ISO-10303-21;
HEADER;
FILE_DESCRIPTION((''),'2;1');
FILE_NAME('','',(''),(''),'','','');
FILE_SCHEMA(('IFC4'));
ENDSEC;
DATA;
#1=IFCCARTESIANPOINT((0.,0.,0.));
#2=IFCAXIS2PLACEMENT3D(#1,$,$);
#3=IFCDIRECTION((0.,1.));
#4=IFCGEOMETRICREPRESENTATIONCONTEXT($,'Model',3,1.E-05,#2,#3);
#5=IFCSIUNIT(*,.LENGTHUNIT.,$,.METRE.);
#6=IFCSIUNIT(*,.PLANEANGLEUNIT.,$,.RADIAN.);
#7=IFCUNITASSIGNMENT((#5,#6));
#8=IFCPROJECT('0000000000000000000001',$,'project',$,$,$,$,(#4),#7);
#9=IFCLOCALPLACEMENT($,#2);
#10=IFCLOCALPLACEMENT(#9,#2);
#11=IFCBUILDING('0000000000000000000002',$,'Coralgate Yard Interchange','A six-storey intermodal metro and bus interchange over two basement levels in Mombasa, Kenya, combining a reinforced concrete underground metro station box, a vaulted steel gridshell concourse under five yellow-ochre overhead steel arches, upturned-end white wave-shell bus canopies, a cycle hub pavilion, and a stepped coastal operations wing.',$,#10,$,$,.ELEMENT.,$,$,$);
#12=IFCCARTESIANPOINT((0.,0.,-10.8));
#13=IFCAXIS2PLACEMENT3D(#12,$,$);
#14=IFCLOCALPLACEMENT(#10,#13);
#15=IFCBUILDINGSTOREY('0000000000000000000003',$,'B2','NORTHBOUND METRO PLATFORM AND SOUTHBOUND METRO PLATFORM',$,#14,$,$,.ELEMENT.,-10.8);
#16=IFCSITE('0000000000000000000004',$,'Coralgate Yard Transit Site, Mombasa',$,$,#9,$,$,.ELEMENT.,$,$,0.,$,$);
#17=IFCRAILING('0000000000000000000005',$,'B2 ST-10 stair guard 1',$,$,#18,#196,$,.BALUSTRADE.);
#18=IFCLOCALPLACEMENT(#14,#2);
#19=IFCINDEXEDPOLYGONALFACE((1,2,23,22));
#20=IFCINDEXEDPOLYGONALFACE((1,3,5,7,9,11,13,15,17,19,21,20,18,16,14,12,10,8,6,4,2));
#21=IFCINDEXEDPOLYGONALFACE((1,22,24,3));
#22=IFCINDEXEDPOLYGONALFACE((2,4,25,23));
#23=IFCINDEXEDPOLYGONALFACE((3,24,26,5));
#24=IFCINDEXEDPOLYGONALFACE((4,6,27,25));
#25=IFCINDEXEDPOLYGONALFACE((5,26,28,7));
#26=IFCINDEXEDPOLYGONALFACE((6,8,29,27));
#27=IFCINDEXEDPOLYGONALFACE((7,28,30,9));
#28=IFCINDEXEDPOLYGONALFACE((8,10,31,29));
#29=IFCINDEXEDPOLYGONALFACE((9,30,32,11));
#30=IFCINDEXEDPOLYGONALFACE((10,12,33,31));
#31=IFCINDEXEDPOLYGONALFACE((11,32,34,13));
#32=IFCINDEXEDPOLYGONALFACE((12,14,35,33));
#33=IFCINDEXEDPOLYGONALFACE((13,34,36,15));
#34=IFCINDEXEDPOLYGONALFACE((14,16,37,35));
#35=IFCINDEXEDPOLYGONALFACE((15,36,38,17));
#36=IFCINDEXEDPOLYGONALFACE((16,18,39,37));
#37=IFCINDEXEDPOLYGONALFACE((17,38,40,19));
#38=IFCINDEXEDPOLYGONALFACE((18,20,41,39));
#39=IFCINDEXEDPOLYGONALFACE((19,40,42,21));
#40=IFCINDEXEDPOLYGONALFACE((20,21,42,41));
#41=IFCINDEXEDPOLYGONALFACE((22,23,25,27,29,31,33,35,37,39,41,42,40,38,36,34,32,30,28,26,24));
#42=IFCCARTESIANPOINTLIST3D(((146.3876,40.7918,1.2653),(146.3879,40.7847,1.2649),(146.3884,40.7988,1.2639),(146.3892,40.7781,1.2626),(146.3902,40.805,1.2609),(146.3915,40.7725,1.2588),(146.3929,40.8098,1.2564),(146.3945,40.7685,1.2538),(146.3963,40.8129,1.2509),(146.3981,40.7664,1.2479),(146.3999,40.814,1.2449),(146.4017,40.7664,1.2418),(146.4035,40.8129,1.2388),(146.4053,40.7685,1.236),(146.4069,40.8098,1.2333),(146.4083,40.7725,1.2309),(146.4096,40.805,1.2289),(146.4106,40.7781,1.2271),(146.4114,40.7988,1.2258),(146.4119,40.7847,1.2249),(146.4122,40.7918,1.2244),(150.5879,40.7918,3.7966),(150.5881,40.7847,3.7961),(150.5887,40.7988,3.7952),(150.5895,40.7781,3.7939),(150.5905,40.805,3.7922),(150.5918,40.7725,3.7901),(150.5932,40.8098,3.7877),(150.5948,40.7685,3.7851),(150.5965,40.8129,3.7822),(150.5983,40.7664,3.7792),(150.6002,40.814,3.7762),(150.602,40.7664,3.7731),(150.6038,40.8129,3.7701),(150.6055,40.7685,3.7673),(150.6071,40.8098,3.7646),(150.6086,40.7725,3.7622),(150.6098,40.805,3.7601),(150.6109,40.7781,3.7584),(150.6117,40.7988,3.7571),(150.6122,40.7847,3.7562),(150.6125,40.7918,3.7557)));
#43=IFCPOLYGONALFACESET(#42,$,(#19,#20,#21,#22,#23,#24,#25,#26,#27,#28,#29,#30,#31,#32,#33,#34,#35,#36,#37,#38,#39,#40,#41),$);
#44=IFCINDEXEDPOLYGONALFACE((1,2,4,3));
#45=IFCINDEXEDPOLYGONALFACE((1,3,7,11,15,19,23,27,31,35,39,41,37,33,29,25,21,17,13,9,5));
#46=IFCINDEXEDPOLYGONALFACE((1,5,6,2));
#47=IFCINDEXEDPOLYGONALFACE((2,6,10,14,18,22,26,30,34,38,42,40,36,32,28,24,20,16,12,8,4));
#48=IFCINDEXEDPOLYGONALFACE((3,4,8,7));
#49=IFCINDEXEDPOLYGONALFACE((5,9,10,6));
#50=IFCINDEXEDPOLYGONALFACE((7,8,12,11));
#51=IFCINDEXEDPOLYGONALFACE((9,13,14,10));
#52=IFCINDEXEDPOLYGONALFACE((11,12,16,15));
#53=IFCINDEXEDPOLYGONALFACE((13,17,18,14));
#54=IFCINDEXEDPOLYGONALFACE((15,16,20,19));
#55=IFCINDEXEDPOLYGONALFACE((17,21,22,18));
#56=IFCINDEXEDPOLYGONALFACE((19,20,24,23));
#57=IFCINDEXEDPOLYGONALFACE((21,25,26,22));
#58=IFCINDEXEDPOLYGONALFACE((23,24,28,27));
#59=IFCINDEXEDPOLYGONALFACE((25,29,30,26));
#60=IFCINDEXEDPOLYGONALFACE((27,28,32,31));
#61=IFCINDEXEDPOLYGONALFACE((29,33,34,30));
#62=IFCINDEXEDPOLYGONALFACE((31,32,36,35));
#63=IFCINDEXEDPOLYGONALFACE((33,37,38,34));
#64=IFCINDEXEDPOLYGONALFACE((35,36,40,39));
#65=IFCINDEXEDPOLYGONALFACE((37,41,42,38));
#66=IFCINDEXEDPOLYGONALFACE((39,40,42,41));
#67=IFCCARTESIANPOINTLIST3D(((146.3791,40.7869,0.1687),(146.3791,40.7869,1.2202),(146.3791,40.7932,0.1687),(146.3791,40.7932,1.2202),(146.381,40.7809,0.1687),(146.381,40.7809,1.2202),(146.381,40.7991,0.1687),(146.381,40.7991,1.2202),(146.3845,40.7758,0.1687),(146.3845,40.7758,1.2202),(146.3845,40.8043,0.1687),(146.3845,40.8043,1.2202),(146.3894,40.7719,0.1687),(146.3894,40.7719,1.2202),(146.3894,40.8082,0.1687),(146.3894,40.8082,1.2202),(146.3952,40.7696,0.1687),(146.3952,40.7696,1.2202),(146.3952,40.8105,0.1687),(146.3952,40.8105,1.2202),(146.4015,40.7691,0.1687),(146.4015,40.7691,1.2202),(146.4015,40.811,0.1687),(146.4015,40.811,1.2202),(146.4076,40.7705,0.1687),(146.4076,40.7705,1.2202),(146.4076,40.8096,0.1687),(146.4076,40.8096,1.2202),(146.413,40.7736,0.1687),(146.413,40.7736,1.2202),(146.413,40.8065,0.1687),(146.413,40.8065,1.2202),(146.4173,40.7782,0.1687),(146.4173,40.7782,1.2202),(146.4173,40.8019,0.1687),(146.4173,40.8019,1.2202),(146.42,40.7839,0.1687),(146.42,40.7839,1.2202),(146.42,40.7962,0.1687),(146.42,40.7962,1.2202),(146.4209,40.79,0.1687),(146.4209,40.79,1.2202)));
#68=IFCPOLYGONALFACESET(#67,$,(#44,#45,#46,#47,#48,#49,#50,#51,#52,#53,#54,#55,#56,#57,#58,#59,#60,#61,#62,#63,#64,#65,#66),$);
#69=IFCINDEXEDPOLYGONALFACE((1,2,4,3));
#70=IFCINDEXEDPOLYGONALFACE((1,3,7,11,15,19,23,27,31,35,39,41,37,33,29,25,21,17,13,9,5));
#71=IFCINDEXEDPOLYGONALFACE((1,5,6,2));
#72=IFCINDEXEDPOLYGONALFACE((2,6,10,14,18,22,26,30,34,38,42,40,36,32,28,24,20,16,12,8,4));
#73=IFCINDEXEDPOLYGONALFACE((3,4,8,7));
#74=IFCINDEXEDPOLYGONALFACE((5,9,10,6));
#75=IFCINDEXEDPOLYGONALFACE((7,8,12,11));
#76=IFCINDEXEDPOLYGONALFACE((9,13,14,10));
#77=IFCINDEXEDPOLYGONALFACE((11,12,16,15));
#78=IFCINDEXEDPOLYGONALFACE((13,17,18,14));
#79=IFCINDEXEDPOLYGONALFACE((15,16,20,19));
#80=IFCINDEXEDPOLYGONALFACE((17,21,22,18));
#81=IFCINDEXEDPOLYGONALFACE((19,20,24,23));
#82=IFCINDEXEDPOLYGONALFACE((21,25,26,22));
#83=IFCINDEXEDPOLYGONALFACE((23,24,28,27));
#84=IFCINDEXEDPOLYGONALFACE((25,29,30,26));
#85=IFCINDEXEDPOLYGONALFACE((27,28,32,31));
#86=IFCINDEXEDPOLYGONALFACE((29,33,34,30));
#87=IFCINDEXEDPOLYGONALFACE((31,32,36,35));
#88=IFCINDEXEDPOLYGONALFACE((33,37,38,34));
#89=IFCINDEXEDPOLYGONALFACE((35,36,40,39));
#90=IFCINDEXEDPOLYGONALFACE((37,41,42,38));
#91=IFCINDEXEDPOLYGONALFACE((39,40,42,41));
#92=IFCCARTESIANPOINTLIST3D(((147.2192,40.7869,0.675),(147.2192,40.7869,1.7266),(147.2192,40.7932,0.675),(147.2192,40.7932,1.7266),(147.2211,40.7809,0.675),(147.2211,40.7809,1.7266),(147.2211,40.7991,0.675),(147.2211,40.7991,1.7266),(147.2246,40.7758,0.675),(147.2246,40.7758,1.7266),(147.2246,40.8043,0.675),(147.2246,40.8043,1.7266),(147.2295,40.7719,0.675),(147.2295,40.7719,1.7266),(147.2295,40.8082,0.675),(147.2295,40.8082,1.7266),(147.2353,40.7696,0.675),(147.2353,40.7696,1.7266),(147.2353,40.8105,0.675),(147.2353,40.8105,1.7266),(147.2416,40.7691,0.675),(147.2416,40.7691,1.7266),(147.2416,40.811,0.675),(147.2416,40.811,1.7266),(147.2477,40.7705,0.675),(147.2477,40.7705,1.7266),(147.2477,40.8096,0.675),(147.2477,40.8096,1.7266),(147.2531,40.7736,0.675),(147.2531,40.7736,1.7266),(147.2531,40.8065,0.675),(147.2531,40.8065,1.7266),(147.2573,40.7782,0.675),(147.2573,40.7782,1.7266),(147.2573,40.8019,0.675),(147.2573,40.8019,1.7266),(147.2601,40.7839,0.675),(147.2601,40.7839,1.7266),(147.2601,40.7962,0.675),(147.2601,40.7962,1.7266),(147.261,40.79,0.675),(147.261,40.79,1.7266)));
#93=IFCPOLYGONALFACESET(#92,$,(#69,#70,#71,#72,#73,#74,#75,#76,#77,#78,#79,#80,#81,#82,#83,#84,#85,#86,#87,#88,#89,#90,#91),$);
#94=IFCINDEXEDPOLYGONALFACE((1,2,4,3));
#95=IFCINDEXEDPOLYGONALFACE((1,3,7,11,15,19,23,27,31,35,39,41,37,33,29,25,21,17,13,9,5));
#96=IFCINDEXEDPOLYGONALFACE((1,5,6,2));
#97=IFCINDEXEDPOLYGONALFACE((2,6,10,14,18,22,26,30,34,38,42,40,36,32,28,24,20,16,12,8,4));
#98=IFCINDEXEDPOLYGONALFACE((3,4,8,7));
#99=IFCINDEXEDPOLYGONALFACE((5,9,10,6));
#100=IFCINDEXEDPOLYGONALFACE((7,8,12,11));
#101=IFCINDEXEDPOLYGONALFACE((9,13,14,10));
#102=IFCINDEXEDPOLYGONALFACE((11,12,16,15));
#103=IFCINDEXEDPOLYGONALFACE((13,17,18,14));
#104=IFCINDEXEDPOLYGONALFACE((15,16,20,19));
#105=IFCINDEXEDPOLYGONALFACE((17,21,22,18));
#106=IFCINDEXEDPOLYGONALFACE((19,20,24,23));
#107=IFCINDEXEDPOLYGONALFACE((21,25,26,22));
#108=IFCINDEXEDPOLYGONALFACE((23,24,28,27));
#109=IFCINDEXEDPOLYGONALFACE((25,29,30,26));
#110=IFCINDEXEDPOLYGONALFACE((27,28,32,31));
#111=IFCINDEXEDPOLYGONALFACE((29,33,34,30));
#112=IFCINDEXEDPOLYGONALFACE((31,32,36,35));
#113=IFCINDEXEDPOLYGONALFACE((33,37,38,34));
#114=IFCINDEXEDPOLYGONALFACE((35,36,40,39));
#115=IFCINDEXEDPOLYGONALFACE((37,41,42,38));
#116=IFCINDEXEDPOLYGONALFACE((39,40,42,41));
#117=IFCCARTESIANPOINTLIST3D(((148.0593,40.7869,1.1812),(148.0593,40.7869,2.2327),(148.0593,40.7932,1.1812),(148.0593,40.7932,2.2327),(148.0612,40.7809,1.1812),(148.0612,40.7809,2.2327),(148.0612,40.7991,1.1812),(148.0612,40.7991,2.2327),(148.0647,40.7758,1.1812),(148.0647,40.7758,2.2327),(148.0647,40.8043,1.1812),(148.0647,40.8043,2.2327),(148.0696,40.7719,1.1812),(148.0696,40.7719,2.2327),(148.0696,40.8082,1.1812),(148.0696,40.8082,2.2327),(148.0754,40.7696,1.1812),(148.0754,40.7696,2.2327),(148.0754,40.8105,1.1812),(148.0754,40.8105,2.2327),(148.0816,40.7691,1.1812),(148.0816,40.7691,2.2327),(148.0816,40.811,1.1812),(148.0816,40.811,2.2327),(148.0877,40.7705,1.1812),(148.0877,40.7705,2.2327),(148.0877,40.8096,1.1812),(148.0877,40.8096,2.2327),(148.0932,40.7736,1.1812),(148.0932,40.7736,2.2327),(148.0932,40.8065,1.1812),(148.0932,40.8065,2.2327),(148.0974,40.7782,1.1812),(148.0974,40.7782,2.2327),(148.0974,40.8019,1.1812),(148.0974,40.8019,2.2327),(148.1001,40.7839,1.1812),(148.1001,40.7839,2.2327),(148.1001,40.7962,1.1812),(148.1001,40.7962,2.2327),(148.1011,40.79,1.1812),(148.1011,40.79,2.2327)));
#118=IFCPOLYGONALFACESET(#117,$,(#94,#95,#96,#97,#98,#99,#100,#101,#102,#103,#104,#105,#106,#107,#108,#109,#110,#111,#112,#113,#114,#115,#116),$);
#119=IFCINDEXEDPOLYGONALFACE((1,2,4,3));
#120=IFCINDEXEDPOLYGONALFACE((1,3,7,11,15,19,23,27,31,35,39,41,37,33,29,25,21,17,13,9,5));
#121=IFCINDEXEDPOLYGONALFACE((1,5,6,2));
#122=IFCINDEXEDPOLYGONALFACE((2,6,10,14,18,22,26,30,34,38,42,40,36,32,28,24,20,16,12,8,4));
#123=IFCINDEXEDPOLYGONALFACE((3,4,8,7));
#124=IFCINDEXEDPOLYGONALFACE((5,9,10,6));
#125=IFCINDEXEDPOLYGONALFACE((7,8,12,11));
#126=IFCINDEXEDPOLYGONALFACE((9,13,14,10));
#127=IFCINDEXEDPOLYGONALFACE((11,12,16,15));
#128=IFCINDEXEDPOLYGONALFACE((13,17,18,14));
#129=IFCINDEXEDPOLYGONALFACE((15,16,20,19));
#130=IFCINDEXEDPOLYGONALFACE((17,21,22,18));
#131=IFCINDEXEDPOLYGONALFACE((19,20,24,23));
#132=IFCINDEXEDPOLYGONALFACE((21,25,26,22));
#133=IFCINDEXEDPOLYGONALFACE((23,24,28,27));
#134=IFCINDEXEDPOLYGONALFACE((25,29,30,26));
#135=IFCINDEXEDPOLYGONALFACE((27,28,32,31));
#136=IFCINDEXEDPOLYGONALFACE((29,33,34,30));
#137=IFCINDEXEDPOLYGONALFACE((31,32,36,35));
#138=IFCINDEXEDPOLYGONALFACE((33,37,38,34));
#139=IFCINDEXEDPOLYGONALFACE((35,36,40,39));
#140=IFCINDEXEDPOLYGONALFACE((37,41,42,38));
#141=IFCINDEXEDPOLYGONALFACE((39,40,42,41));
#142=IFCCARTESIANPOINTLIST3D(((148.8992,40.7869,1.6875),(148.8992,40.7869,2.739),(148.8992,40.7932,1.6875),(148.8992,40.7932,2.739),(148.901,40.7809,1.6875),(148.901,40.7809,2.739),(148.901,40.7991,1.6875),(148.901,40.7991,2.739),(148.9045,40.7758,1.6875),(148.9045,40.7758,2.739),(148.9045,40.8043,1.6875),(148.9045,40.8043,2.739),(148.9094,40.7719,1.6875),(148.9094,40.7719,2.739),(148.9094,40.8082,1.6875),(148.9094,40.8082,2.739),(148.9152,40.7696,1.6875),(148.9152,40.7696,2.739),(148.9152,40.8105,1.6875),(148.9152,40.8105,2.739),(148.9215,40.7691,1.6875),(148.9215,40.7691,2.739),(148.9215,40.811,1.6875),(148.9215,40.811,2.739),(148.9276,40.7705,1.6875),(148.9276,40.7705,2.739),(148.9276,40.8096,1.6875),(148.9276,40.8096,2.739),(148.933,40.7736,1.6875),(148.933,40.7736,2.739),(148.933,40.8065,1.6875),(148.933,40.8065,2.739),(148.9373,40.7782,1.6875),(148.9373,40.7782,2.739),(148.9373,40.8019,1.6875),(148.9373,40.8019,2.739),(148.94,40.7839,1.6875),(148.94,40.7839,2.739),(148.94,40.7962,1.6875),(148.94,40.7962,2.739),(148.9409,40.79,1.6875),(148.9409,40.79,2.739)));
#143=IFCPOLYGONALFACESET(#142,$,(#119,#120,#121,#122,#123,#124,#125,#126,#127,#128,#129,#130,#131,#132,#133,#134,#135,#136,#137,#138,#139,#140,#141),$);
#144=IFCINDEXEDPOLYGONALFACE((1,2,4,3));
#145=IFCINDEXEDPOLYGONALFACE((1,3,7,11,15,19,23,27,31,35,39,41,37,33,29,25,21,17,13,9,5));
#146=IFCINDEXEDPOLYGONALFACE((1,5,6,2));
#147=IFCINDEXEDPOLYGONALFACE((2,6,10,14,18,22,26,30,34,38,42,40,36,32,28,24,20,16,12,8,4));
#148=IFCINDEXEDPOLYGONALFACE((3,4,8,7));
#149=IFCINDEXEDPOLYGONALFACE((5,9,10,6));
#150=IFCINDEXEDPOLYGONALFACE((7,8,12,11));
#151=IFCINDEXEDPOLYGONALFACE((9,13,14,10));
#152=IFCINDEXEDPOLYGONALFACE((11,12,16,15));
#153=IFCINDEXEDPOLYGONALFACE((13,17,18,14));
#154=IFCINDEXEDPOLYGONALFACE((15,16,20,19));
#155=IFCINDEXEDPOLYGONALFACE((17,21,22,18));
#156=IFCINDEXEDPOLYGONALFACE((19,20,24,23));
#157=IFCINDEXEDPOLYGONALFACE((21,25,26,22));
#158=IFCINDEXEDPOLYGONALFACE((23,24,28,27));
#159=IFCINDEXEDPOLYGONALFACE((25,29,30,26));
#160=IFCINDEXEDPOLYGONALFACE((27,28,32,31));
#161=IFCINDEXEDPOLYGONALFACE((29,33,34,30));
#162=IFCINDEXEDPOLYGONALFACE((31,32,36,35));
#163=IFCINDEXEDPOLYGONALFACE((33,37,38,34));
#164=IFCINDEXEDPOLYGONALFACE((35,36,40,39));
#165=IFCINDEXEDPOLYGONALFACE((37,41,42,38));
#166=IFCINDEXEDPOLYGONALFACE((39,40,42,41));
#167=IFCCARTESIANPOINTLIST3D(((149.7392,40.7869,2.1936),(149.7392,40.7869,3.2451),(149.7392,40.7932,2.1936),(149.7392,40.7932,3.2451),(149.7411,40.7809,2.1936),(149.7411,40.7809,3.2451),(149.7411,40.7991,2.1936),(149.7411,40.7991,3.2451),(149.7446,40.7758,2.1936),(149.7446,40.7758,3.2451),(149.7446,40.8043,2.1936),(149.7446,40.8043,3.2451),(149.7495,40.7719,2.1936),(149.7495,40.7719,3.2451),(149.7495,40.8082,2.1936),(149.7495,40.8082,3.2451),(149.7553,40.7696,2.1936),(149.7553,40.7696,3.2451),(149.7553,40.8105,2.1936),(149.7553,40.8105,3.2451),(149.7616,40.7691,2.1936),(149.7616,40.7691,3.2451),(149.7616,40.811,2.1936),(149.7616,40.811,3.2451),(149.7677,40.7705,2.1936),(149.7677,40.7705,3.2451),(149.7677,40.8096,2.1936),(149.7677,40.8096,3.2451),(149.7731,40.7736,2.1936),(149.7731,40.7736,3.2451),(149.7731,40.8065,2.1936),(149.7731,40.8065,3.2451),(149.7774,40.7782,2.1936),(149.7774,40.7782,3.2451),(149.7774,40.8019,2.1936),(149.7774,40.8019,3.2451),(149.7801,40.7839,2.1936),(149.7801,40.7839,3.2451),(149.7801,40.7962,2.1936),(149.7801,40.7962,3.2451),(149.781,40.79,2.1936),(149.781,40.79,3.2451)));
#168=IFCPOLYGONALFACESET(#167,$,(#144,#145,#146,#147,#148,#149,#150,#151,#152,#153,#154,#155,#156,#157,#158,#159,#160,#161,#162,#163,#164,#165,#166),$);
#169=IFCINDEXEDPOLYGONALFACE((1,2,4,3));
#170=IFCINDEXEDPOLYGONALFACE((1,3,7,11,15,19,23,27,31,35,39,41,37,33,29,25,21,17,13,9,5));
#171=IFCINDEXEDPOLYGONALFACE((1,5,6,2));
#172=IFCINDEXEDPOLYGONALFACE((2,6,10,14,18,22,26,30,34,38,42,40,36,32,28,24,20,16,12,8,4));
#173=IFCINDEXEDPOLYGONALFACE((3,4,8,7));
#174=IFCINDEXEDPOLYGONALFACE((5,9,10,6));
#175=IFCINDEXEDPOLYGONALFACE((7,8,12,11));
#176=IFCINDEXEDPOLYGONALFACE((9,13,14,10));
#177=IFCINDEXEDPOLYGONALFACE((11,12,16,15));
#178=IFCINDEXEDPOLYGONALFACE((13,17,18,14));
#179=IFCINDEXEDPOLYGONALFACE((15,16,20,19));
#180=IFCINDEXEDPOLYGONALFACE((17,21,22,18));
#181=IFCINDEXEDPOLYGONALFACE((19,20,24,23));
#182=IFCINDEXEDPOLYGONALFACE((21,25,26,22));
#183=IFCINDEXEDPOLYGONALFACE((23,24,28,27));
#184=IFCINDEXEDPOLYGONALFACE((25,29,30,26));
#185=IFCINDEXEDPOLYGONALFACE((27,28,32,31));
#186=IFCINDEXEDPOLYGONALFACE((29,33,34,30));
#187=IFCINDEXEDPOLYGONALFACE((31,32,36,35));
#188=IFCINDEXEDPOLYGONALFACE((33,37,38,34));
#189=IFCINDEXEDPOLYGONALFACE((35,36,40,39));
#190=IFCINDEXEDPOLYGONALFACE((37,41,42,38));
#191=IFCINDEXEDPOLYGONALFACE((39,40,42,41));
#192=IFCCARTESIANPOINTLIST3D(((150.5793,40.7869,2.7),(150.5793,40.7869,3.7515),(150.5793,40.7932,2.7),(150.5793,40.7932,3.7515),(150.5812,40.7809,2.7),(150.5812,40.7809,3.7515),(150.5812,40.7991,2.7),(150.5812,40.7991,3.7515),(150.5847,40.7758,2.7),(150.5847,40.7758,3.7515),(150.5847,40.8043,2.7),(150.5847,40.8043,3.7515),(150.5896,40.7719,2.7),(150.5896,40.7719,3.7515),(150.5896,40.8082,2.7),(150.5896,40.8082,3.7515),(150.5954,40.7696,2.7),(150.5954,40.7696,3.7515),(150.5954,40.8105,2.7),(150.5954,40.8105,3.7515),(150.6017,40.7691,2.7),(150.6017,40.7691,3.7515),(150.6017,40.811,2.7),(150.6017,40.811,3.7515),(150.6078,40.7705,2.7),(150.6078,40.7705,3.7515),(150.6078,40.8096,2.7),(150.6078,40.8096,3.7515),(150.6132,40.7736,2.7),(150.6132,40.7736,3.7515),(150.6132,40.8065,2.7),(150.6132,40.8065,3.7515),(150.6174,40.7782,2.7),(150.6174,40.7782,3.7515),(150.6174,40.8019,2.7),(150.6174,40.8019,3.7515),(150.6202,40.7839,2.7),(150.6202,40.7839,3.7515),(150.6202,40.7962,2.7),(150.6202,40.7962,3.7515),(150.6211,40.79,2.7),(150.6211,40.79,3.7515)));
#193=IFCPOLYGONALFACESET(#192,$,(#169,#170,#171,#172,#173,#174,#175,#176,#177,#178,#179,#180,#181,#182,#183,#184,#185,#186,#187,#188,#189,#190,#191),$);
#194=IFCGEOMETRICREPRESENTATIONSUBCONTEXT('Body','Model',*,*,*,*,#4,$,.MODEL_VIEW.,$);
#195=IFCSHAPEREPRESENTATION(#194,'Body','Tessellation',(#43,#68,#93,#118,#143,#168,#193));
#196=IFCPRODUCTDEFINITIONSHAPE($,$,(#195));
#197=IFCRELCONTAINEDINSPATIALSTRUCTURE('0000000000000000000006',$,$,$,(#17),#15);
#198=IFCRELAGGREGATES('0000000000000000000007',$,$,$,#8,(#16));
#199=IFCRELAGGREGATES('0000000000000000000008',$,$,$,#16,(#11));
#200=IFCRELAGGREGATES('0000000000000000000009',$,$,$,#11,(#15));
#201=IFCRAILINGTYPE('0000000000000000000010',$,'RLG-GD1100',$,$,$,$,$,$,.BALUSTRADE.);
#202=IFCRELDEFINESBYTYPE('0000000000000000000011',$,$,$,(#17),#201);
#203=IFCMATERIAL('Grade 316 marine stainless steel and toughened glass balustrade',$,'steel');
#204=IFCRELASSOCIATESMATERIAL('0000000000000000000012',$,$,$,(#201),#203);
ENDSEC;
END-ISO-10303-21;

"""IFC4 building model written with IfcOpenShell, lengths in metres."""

from ifc_helpers import new_model, si_unit, direction, frame, origin, origin_2d, place, context, subcontext, project, spatial, circle, extrude, material, type_object, element, save


model = new_model("IFC4")

# Units and contexts
model_context = context("Model", 3, precision=1e-05, world=origin(), true_north=direction((0.0, 1.0)))
body_context = subcontext(model_context, "Body", "Model", "MODEL_VIEW")
ifc_project = project(units=[si_unit("LENGTHUNIT", "METRE"), si_unit("PLANEANGLEUNIT", "RADIAN")], contexts=[model_context])

# Site, building, storey
site_placement = place(None, origin())
site = spatial("IfcSite", under=ifc_project, at=site_placement, Name="Coralgate Yard Transit Site, Mombasa", CompositionType="ELEMENT", RefElevation=0.0)
building_placement = place(site_placement, origin())
building = spatial("IfcBuilding", under=site, at=building_placement, Name="Coralgate Yard Interchange", Description="A six-storey intermodal metro and bus interchange over two basement levels in Mombasa, Kenya, combining a reinforced concrete underground metro station box, a vaulted steel gridshell concourse under five yellow-ochre overhead steel arches, upturned-end white wave-shell bus canopies, a cycle hub pavilion, and a stepped coastal operations wing.", CompositionType="ELEMENT")
storey_placement = place(building_placement, frame((0.0, 0.0, -10.8)))
storey = spatial("IfcBuildingStorey", under=building, at=storey_placement, Name="B2", Description="NORTHBOUND METRO PLATFORM AND SOUTHBOUND METRO PLATFORM", CompositionType="ELEMENT", Elevation=-10.8)

# Railing
ifc_material_1 = material(Name="Grade 316 marine stainless steel and toughened glass balustrade", Category="steel")
railing_type_1 = type_object("IfcRailingType", Name="RLG-GD1100", PredefinedType="BALUSTRADE", material=ifc_material_1)
railing_1_placement = place(storey_placement, frame((146.3999, 40.79, 0.1687)))
element("IfcRailing", 1, at=railing_1_placement, inside=storey, type_object=railing_type_1, Name="B2 ST-10 stair guard 1", PredefinedType="BALUSTRADE", context=body_context, shape_type="SweptSolid", body=[
    extrude(circle(Radius=0.0239, at=origin_2d()), frame((0.0, 0.0, 1.0762), z_axis=(0.85649, 0.0, 0.516164), x_axis=(0.0, 1.0, 0.0)), (0.0, 0.0, 1.0), 4.9041),
    extrude(circle(Radius=0.021, at=origin_2d()), origin(), (0.0, 0.0, 1.0), 1.0515),
    extrude(circle(Radius=0.021, at=origin_2d()), frame((0.8401, 0.0, 0.5063)), (0.0, 0.0, 1.0), 1.0515),
    extrude(circle(Radius=0.021, at=origin_2d()), frame((1.6802, 0.0, 1.0125)), (0.0, 0.0, 1.0), 1.0515),
    extrude(circle(Radius=0.021, at=origin_2d()), frame((2.52, 0.0, 1.5188)), (0.0, 0.0, 1.0), 1.0515),
    extrude(circle(Radius=0.021, at=origin_2d()), frame((3.3601, 0.0, 2.0249)), (0.0, 0.0, 1.0), 1.0515),
    extrude(circle(Radius=0.021, at=origin_2d()), frame((4.2002, 0.0, 2.5312)), (0.0, 0.0, 1.0), 1.0515),
])

save(model, "model.ifc")
